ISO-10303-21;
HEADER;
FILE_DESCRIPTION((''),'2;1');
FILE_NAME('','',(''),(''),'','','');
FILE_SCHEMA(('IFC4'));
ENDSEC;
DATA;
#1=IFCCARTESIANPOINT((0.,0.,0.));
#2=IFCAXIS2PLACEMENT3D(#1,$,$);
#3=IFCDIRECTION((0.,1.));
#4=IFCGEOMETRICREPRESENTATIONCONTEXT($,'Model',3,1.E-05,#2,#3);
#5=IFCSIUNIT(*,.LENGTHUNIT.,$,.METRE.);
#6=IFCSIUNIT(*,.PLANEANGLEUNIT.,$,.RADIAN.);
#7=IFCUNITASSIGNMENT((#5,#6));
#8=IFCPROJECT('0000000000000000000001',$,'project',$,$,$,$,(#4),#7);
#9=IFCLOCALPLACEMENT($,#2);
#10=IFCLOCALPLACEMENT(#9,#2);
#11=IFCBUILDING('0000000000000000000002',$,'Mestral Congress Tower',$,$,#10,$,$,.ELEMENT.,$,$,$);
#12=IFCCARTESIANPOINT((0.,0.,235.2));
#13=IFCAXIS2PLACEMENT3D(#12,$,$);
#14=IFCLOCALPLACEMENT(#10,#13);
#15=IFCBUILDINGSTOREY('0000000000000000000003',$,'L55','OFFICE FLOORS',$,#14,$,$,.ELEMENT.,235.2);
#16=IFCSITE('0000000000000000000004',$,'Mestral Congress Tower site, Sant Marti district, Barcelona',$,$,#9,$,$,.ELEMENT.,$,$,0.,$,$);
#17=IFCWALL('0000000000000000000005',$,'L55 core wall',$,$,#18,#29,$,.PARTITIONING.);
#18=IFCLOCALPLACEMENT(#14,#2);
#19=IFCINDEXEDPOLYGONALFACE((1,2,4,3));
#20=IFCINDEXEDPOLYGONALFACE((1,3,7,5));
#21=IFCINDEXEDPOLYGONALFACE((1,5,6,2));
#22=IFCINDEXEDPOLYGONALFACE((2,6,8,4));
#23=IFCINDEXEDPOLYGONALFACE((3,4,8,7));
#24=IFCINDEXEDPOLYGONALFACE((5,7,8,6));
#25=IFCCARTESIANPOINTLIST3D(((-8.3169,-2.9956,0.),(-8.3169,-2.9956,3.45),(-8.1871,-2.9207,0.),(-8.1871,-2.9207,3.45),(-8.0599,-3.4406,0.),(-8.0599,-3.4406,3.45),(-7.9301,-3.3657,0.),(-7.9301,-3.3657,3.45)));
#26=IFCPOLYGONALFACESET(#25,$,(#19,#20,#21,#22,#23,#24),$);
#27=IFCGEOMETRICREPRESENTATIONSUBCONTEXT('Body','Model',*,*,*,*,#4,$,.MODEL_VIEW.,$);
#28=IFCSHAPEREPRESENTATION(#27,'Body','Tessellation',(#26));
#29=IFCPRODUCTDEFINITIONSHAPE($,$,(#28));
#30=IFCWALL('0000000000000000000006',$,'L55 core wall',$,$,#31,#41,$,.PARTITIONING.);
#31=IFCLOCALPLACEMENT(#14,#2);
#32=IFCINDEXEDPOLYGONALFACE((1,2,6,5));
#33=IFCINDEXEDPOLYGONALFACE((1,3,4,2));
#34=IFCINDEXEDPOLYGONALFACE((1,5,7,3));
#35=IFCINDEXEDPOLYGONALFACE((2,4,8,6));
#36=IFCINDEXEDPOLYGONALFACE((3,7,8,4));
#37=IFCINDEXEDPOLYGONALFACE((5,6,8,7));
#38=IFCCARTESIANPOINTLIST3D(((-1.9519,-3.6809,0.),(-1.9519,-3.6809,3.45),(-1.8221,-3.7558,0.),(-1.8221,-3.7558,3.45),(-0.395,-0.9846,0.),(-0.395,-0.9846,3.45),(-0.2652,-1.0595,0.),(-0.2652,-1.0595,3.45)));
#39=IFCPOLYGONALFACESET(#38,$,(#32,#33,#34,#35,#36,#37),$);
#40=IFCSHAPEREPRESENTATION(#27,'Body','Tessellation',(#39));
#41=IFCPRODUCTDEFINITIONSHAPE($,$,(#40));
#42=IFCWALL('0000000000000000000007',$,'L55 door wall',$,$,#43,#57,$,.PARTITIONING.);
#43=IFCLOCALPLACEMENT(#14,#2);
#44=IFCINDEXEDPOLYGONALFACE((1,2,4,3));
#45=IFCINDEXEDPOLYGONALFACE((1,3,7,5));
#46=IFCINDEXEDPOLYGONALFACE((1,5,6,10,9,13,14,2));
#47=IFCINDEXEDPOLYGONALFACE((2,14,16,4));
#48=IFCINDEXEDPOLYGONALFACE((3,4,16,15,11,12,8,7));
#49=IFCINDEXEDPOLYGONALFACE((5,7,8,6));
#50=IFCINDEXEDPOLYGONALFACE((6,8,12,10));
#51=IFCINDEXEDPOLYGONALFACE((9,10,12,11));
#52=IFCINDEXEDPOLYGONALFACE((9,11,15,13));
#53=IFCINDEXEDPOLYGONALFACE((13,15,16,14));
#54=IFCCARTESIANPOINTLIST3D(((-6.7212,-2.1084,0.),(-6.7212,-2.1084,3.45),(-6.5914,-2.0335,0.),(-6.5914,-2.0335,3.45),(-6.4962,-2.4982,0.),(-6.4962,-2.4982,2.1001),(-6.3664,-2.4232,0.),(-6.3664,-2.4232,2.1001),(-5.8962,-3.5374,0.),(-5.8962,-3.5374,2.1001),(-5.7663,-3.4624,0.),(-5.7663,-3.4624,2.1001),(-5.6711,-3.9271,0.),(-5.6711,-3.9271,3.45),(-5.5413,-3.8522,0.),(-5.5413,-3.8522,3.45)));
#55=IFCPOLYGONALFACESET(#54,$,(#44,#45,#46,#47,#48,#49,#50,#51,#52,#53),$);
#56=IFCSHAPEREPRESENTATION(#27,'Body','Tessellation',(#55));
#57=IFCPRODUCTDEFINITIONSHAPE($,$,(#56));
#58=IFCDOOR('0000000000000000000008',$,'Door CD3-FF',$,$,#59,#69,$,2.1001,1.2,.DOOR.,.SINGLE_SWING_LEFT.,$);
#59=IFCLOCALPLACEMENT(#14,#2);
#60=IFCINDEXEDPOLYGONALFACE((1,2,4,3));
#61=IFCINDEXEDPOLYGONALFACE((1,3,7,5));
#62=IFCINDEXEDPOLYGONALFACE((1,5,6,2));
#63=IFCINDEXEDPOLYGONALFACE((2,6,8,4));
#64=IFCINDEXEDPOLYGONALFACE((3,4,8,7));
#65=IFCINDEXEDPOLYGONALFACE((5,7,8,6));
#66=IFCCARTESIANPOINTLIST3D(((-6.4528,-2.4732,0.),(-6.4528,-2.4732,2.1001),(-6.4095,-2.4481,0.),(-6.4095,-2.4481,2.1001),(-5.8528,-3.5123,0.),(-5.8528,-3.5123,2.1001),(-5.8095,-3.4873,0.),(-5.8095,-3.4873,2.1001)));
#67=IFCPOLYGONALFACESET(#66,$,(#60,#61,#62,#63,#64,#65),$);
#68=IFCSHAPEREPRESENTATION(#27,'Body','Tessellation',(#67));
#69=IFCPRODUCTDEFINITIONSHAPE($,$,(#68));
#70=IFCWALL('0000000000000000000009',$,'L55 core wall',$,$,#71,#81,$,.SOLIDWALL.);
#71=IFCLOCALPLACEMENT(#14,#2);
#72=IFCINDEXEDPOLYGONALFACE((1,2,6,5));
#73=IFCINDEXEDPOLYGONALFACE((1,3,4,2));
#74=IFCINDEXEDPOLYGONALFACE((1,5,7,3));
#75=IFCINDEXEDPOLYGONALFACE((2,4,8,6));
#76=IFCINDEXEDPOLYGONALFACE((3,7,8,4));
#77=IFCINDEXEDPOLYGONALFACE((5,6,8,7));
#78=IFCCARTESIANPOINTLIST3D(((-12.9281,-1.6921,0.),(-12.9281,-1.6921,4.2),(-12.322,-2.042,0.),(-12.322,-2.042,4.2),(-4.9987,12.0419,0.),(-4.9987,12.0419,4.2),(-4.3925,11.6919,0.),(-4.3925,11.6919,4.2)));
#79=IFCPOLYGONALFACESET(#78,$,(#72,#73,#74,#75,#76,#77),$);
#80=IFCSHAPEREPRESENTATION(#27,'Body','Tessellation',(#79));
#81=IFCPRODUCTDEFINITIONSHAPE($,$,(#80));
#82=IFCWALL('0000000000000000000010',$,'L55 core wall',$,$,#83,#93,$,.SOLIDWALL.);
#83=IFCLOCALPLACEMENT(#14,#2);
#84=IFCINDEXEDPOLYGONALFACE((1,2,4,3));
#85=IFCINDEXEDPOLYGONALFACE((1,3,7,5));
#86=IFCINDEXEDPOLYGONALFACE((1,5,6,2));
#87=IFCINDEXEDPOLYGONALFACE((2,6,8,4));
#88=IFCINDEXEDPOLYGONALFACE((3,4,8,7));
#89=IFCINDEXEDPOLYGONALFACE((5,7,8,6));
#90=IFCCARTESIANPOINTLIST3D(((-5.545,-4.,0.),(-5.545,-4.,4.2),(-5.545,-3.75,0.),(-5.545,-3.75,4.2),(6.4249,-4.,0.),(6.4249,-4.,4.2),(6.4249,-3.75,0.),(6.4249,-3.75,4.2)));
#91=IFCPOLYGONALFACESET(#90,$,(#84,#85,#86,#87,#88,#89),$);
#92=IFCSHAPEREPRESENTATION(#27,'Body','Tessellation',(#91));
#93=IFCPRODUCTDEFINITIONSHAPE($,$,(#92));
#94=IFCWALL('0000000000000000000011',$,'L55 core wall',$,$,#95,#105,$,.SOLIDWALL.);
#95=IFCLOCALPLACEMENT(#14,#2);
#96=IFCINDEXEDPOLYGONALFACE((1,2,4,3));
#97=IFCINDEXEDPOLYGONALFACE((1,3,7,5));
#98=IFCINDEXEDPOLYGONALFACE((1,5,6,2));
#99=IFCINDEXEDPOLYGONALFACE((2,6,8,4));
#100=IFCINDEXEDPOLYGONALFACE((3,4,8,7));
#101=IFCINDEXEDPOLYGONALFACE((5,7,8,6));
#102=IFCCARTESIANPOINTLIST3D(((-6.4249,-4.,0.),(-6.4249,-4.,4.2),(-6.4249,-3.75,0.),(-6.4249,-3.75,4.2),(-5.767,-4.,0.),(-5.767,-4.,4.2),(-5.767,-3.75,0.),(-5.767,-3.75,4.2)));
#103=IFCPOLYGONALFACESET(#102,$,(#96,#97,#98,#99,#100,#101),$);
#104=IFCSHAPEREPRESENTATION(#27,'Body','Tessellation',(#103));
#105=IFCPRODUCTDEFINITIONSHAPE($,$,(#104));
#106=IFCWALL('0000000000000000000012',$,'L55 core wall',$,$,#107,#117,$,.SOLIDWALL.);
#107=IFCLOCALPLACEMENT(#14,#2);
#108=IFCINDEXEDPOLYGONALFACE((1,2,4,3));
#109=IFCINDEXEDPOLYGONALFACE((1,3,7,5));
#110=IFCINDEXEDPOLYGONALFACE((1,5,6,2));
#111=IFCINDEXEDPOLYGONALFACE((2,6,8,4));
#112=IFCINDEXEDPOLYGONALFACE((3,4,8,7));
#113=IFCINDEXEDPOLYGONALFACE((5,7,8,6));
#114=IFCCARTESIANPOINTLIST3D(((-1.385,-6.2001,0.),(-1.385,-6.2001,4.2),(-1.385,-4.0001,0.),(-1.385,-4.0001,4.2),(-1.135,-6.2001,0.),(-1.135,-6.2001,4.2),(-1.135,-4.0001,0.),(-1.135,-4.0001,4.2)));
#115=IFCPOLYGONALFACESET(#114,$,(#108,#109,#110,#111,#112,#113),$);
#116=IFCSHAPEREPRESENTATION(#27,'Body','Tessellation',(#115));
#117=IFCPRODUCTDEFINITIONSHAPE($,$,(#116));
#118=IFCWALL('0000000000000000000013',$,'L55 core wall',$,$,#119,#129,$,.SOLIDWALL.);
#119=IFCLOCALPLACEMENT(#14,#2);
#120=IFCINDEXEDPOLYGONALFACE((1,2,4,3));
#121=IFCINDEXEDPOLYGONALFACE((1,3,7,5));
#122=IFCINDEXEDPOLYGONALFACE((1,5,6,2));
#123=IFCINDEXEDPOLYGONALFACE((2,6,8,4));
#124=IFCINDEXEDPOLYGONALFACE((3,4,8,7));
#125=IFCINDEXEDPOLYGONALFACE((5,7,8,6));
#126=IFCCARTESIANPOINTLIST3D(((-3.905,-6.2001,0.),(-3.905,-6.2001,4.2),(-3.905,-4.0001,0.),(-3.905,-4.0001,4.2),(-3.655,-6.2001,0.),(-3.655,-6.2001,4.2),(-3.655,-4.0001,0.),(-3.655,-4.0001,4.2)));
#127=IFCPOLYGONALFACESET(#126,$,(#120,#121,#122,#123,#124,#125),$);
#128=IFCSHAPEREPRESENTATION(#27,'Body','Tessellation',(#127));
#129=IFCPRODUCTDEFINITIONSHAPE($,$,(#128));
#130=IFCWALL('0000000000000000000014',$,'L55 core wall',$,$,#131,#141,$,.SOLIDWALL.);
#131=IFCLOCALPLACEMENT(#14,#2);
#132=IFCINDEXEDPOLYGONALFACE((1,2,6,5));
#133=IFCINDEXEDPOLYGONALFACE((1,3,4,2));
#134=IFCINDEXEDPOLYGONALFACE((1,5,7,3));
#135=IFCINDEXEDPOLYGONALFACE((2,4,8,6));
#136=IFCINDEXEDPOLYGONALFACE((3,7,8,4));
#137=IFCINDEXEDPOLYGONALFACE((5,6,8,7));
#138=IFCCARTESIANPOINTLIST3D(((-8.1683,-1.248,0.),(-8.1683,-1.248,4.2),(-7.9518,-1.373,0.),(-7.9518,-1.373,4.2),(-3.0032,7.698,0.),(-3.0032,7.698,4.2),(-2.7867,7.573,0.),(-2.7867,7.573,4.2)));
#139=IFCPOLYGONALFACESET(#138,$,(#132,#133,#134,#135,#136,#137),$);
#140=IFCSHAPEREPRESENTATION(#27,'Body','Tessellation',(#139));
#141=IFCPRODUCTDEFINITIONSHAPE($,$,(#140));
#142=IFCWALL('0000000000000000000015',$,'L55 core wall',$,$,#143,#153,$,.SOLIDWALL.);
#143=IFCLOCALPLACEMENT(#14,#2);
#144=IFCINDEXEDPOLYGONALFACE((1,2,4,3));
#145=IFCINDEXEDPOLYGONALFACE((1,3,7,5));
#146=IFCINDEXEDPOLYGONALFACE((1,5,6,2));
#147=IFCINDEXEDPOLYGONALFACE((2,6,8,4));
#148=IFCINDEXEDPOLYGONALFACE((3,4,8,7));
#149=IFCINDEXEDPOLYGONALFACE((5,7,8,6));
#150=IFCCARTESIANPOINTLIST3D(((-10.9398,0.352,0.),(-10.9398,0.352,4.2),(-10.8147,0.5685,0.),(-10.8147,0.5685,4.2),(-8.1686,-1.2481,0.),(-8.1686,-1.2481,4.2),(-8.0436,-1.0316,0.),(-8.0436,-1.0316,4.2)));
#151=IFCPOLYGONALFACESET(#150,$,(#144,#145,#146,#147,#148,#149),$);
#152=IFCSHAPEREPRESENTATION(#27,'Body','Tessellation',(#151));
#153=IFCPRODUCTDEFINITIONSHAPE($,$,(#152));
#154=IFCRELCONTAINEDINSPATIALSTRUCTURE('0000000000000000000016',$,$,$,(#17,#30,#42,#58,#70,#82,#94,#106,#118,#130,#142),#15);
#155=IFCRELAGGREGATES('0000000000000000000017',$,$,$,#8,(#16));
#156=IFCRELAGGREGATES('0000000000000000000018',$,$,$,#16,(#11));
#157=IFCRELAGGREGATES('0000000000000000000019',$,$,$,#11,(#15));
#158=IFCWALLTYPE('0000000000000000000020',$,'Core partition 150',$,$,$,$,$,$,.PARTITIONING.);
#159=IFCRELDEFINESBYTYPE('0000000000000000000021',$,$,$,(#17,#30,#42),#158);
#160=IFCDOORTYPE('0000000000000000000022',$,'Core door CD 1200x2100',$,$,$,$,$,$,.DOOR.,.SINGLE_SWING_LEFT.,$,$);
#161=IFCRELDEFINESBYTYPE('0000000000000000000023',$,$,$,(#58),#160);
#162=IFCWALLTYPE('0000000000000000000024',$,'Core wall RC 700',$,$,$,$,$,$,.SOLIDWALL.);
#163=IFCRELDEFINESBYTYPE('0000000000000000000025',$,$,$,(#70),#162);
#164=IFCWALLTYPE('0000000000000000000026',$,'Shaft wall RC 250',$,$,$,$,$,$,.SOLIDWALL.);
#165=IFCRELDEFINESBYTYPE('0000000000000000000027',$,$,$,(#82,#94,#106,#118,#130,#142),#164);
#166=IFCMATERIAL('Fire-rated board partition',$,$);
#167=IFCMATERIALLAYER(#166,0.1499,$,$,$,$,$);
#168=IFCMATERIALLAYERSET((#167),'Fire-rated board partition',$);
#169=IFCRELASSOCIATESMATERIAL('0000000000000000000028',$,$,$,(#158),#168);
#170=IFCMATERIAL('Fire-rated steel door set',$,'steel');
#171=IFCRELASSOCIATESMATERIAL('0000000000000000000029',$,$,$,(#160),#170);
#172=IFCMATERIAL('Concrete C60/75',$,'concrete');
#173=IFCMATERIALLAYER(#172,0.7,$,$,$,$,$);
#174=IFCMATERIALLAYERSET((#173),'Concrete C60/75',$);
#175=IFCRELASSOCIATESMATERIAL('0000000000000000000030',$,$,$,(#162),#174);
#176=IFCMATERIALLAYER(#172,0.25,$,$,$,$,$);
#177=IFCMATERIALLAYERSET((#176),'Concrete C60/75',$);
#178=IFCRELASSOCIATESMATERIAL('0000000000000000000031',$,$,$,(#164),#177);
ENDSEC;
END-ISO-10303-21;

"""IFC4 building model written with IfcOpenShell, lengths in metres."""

from ifc_helpers import new_model, si_unit, direction, frame, frame_2d, origin, place, context, subcontext, project, spatial, rectangle, extrude, material, layer, layer_set, type_object, element, fill, save


model = new_model("IFC4")

# Units and contexts
model_context = context("Model", 3, precision=1e-05, world=origin(), true_north=direction((0.0, 1.0)))
body_context = subcontext(model_context, "Body", "Model", "MODEL_VIEW")
ifc_project = project(units=[si_unit("LENGTHUNIT", "METRE"), si_unit("PLANEANGLEUNIT", "RADIAN")], contexts=[model_context])

# Site, building, storey
site_placement = place(None, origin())
site = spatial("IfcSite", under=ifc_project, at=site_placement, Name="Mestral Congress Tower site, Sant Marti district, Barcelona", CompositionType="ELEMENT", RefElevation=0.0)
building_placement = place(site_placement, origin())
building = spatial("IfcBuilding", under=site, at=building_placement, Name="Mestral Congress Tower", CompositionType="ELEMENT")
storey_placement = place(building_placement, frame((0.0, 0.0, 235.2)))
storey = spatial("IfcBuildingStorey", under=building, at=storey_placement, Name="L55", Description="OFFICE FLOORS", CompositionType="ELEMENT", Elevation=235.2)

# Walls
ifc_material_1 = material(Name="Fire-rated board partition")
ifc_layer_1 = layer(ifc_material_1, 0.1499)
ifc_layer_set_1 = layer_set([ifc_layer_1], Name="Fire-rated board partition")
wall_type_1 = type_object("IfcWallType", Name="Core partition 150", PredefinedType="PARTITIONING", material=ifc_layer_set_1)
wall_1_placement = place(storey_placement, frame((-8.252, -2.9583, 0.0), z_axis=(0.0, 0.0, 1.0), x_axis=(0.500175, -0.865925, 0.0)))
element("IfcWall", 1, at=wall_1_placement, inside=storey, type_object=wall_type_1, Name="L55 core wall", PredefinedType="PARTITIONING", context=body_context, shape_type="SweptSolid", body=[
    extrude(rectangle(XDim=0.5139, YDim=0.1499, at=frame_2d((0.2568, 0.0))), origin(), (0.0, 0.0, 1.0), 3.45),
])
wall_2_placement = place(storey_placement, frame((-1.887, -3.7183, 0.0), z_axis=(0.0, 0.0, 1.0), x_axis=(0.500044, 0.866, 0.0)))
element("IfcWall", 2, at=wall_2_placement, inside=storey, type_object=wall_type_1, Name="L55 core wall", PredefinedType="PARTITIONING", context=body_context, shape_type="SweptSolid", body=[
    extrude(rectangle(XDim=3.1135, YDim=0.1499, at=frame_2d((1.5566, 0.0))), origin(), (0.0, 0.0, 1.0), 3.45),
])

# Wall, opening, door
wall_3_placement = place(storey_placement, frame((-5.6062, -3.8896, 0.0), z_axis=(0.0, 0.0, 1.0), x_axis=(-0.500028, 0.866009, 0.0)))
wall_3 = element("IfcWall", 3, at=wall_3_placement, inside=storey, type_object=wall_type_1, Name="L55 door wall", PredefinedType="PARTITIONING", context=body_context, shape_type="SweptSolid", body=[
    extrude(rectangle(XDim=2.1001, YDim=0.1499, at=frame_2d((1.05, 0.0))), origin(), (0.0, 0.0, 1.0), 3.45),
])
opening_1_placement = place(wall_3_placement, frame((0.45, 0.0, 0.0)))
opening_1 = element("IfcOpeningElement", 4, at=opening_1_placement, cuts=wall_3, PredefinedType="OPENING", context=body_context, shape_type="SweptSolid", body=[
    extrude(rectangle(XDim=1.2, YDim=2.1001, at=frame_2d((0.6001, 1.05))), frame((0.0, 0.085, 0.0), z_axis=(0.0, -1.0, 0.0), x_axis=(1.0, 0.0, 0.0)), (0.0, 0.0, 1.0), 0.1699),
])
ifc_material_2 = material(Name="Fire-rated steel door set", Category="steel")
door_type_1 = type_object("IfcDoorType", Name="Core door CD 1200x2100", OperationType="SINGLE_SWING_LEFT", PredefinedType="DOOR", material=ifc_material_2)
door_1_placement = place(opening_1_placement, origin())
door_1 = element("IfcDoor", 5, at=door_1_placement, inside=storey, type_object=door_type_1, Name="Door CD3-FF", OperationType="SINGLE_SWING_LEFT", OverallHeight=2.1001, OverallWidth=1.2, PredefinedType="DOOR", context=body_context, shape_type="SweptSolid", body=[
    extrude(rectangle(XDim=1.2, YDim=2.1001, at=frame_2d((0.6001, 1.05))), frame((0.0, 0.0249, 0.0), z_axis=(0.0, -1.0, 0.0), x_axis=(1.0, 0.0, 0.0)), (0.0, 0.0, 1.0), 0.05),
])
fill(opening_1, door_1)

# Walls
ifc_material_3 = material(Name="Concrete C60/75", Category="concrete")
ifc_layer_2 = layer(ifc_material_3, 0.7)
ifc_layer_set_2 = layer_set([ifc_layer_2], Name="Concrete C60/75")
wall_type_2 = type_object("IfcWallType", Name="Core wall RC 700", PredefinedType="SOLIDWALL", material=ifc_layer_set_2)
wall_4_placement = place(storey_placement, frame((-12.625, -1.8669, 0.0), z_axis=(0.0, 0.0, 1.0), x_axis=(0.500009, 0.86602, 0.0)))
element("IfcWall", 6, at=wall_4_placement, inside=storey, type_object=wall_type_2, Name="L55 core wall", PredefinedType="SOLIDWALL", context=body_context, shape_type="SweptSolid", body=[
    extrude(rectangle(XDim=15.8586, YDim=0.7, at=frame_2d((7.9292, 0.0))), origin(), (0.0, 0.0, 1.0), 4.2),
])
ifc_layer_3 = layer(ifc_material_3, 0.25)
ifc_layer_set_3 = layer_set([ifc_layer_3], Name="Concrete C60/75")
wall_type_3 = type_object("IfcWallType", Name="Shaft wall RC 250", PredefinedType="SOLIDWALL", material=ifc_layer_set_3)
wall_5_placement = place(storey_placement, frame((-5.5449, -3.875, 0.0), z_axis=(0.0, 0.0, 1.0), x_axis=(1.0, 0.0, 0.0)))
element("IfcWall", 7, at=wall_5_placement, inside=storey, type_object=wall_type_3, Name="L55 core wall", PredefinedType="SOLIDWALL", context=body_context, shape_type="SweptSolid", body=[
    extrude(rectangle(XDim=11.97, YDim=0.25, at=frame_2d((5.9849, 0.0))), origin(), (0.0, 0.0, 1.0), 4.2),
])
wall_6_placement = place(storey_placement, frame((-6.425, -3.875, 0.0), z_axis=(0.0, 0.0, 1.0), x_axis=(1.0, 0.0, 0.0)))
element("IfcWall", 8, at=wall_6_placement, inside=storey, type_object=wall_type_3, Name="L55 core wall", PredefinedType="SOLIDWALL", context=body_context, shape_type="SweptSolid", body=[
    extrude(rectangle(XDim=0.658, YDim=0.25, at=frame_2d((0.3291, 0.0))), origin(), (0.0, 0.0, 1.0), 4.2),
])
for number, where, z_axis, x_axis, name in (
    (9, (-1.26, -4.0, 0.0), (0.0, 0.0, 1.0), (0.0, -1.0, 0.0), "L55 core wall"),
    (10, (-3.78, -4.0, 0.0), (0.0, 0.0, 1.0), (0.0, -1.0, 0.0), "L55 core wall"),
):
    element("IfcWall", number, at=place(storey_placement, frame(where, z_axis=z_axis, x_axis=x_axis)), inside=storey, type_object=wall_type_3, Name=name, PredefinedType="SOLIDWALL", context=body_context, shape_type="SweptSolid", body=[
        extrude(rectangle(XDim=2.2, YDim=0.25, at=frame_2d((1.1001, 0.0))), origin(), (0.0, 0.0, 1.0), 4.2),
    ])
wall_7_placement = place(storey_placement, frame((-8.0601, -1.3105, 0.0), z_axis=(0.0, 0.0, 1.0), x_axis=(0.500003, 0.866024, 0.0)))
element("IfcWall", 11, at=wall_7_placement, inside=storey, type_object=wall_type_3, Name="L55 core wall", PredefinedType="SOLIDWALL", context=body_context, shape_type="SweptSolid", body=[
    extrude(rectangle(XDim=10.3301, YDim=0.25, at=frame_2d((5.165, 0.0))), origin(), (0.0, 0.0, 1.0), 4.2),
])
wall_8_placement = place(storey_placement, frame((-8.106, -1.1399, 0.0), z_axis=(0.0, 0.0, 1.0), x_axis=(-0.866009, 0.500028, 0.0)))
element("IfcWall", 12, at=wall_8_placement, inside=storey, type_object=wall_type_3, Name="L55 core wall", PredefinedType="SOLIDWALL", context=body_context, shape_type="SweptSolid", body=[
    extrude(rectangle(XDim=3.2, YDim=0.25, at=frame_2d((1.6001, 0.0))), origin(), (0.0, 0.0, 1.0), 4.2),
])

save(model, "model.ifc")
